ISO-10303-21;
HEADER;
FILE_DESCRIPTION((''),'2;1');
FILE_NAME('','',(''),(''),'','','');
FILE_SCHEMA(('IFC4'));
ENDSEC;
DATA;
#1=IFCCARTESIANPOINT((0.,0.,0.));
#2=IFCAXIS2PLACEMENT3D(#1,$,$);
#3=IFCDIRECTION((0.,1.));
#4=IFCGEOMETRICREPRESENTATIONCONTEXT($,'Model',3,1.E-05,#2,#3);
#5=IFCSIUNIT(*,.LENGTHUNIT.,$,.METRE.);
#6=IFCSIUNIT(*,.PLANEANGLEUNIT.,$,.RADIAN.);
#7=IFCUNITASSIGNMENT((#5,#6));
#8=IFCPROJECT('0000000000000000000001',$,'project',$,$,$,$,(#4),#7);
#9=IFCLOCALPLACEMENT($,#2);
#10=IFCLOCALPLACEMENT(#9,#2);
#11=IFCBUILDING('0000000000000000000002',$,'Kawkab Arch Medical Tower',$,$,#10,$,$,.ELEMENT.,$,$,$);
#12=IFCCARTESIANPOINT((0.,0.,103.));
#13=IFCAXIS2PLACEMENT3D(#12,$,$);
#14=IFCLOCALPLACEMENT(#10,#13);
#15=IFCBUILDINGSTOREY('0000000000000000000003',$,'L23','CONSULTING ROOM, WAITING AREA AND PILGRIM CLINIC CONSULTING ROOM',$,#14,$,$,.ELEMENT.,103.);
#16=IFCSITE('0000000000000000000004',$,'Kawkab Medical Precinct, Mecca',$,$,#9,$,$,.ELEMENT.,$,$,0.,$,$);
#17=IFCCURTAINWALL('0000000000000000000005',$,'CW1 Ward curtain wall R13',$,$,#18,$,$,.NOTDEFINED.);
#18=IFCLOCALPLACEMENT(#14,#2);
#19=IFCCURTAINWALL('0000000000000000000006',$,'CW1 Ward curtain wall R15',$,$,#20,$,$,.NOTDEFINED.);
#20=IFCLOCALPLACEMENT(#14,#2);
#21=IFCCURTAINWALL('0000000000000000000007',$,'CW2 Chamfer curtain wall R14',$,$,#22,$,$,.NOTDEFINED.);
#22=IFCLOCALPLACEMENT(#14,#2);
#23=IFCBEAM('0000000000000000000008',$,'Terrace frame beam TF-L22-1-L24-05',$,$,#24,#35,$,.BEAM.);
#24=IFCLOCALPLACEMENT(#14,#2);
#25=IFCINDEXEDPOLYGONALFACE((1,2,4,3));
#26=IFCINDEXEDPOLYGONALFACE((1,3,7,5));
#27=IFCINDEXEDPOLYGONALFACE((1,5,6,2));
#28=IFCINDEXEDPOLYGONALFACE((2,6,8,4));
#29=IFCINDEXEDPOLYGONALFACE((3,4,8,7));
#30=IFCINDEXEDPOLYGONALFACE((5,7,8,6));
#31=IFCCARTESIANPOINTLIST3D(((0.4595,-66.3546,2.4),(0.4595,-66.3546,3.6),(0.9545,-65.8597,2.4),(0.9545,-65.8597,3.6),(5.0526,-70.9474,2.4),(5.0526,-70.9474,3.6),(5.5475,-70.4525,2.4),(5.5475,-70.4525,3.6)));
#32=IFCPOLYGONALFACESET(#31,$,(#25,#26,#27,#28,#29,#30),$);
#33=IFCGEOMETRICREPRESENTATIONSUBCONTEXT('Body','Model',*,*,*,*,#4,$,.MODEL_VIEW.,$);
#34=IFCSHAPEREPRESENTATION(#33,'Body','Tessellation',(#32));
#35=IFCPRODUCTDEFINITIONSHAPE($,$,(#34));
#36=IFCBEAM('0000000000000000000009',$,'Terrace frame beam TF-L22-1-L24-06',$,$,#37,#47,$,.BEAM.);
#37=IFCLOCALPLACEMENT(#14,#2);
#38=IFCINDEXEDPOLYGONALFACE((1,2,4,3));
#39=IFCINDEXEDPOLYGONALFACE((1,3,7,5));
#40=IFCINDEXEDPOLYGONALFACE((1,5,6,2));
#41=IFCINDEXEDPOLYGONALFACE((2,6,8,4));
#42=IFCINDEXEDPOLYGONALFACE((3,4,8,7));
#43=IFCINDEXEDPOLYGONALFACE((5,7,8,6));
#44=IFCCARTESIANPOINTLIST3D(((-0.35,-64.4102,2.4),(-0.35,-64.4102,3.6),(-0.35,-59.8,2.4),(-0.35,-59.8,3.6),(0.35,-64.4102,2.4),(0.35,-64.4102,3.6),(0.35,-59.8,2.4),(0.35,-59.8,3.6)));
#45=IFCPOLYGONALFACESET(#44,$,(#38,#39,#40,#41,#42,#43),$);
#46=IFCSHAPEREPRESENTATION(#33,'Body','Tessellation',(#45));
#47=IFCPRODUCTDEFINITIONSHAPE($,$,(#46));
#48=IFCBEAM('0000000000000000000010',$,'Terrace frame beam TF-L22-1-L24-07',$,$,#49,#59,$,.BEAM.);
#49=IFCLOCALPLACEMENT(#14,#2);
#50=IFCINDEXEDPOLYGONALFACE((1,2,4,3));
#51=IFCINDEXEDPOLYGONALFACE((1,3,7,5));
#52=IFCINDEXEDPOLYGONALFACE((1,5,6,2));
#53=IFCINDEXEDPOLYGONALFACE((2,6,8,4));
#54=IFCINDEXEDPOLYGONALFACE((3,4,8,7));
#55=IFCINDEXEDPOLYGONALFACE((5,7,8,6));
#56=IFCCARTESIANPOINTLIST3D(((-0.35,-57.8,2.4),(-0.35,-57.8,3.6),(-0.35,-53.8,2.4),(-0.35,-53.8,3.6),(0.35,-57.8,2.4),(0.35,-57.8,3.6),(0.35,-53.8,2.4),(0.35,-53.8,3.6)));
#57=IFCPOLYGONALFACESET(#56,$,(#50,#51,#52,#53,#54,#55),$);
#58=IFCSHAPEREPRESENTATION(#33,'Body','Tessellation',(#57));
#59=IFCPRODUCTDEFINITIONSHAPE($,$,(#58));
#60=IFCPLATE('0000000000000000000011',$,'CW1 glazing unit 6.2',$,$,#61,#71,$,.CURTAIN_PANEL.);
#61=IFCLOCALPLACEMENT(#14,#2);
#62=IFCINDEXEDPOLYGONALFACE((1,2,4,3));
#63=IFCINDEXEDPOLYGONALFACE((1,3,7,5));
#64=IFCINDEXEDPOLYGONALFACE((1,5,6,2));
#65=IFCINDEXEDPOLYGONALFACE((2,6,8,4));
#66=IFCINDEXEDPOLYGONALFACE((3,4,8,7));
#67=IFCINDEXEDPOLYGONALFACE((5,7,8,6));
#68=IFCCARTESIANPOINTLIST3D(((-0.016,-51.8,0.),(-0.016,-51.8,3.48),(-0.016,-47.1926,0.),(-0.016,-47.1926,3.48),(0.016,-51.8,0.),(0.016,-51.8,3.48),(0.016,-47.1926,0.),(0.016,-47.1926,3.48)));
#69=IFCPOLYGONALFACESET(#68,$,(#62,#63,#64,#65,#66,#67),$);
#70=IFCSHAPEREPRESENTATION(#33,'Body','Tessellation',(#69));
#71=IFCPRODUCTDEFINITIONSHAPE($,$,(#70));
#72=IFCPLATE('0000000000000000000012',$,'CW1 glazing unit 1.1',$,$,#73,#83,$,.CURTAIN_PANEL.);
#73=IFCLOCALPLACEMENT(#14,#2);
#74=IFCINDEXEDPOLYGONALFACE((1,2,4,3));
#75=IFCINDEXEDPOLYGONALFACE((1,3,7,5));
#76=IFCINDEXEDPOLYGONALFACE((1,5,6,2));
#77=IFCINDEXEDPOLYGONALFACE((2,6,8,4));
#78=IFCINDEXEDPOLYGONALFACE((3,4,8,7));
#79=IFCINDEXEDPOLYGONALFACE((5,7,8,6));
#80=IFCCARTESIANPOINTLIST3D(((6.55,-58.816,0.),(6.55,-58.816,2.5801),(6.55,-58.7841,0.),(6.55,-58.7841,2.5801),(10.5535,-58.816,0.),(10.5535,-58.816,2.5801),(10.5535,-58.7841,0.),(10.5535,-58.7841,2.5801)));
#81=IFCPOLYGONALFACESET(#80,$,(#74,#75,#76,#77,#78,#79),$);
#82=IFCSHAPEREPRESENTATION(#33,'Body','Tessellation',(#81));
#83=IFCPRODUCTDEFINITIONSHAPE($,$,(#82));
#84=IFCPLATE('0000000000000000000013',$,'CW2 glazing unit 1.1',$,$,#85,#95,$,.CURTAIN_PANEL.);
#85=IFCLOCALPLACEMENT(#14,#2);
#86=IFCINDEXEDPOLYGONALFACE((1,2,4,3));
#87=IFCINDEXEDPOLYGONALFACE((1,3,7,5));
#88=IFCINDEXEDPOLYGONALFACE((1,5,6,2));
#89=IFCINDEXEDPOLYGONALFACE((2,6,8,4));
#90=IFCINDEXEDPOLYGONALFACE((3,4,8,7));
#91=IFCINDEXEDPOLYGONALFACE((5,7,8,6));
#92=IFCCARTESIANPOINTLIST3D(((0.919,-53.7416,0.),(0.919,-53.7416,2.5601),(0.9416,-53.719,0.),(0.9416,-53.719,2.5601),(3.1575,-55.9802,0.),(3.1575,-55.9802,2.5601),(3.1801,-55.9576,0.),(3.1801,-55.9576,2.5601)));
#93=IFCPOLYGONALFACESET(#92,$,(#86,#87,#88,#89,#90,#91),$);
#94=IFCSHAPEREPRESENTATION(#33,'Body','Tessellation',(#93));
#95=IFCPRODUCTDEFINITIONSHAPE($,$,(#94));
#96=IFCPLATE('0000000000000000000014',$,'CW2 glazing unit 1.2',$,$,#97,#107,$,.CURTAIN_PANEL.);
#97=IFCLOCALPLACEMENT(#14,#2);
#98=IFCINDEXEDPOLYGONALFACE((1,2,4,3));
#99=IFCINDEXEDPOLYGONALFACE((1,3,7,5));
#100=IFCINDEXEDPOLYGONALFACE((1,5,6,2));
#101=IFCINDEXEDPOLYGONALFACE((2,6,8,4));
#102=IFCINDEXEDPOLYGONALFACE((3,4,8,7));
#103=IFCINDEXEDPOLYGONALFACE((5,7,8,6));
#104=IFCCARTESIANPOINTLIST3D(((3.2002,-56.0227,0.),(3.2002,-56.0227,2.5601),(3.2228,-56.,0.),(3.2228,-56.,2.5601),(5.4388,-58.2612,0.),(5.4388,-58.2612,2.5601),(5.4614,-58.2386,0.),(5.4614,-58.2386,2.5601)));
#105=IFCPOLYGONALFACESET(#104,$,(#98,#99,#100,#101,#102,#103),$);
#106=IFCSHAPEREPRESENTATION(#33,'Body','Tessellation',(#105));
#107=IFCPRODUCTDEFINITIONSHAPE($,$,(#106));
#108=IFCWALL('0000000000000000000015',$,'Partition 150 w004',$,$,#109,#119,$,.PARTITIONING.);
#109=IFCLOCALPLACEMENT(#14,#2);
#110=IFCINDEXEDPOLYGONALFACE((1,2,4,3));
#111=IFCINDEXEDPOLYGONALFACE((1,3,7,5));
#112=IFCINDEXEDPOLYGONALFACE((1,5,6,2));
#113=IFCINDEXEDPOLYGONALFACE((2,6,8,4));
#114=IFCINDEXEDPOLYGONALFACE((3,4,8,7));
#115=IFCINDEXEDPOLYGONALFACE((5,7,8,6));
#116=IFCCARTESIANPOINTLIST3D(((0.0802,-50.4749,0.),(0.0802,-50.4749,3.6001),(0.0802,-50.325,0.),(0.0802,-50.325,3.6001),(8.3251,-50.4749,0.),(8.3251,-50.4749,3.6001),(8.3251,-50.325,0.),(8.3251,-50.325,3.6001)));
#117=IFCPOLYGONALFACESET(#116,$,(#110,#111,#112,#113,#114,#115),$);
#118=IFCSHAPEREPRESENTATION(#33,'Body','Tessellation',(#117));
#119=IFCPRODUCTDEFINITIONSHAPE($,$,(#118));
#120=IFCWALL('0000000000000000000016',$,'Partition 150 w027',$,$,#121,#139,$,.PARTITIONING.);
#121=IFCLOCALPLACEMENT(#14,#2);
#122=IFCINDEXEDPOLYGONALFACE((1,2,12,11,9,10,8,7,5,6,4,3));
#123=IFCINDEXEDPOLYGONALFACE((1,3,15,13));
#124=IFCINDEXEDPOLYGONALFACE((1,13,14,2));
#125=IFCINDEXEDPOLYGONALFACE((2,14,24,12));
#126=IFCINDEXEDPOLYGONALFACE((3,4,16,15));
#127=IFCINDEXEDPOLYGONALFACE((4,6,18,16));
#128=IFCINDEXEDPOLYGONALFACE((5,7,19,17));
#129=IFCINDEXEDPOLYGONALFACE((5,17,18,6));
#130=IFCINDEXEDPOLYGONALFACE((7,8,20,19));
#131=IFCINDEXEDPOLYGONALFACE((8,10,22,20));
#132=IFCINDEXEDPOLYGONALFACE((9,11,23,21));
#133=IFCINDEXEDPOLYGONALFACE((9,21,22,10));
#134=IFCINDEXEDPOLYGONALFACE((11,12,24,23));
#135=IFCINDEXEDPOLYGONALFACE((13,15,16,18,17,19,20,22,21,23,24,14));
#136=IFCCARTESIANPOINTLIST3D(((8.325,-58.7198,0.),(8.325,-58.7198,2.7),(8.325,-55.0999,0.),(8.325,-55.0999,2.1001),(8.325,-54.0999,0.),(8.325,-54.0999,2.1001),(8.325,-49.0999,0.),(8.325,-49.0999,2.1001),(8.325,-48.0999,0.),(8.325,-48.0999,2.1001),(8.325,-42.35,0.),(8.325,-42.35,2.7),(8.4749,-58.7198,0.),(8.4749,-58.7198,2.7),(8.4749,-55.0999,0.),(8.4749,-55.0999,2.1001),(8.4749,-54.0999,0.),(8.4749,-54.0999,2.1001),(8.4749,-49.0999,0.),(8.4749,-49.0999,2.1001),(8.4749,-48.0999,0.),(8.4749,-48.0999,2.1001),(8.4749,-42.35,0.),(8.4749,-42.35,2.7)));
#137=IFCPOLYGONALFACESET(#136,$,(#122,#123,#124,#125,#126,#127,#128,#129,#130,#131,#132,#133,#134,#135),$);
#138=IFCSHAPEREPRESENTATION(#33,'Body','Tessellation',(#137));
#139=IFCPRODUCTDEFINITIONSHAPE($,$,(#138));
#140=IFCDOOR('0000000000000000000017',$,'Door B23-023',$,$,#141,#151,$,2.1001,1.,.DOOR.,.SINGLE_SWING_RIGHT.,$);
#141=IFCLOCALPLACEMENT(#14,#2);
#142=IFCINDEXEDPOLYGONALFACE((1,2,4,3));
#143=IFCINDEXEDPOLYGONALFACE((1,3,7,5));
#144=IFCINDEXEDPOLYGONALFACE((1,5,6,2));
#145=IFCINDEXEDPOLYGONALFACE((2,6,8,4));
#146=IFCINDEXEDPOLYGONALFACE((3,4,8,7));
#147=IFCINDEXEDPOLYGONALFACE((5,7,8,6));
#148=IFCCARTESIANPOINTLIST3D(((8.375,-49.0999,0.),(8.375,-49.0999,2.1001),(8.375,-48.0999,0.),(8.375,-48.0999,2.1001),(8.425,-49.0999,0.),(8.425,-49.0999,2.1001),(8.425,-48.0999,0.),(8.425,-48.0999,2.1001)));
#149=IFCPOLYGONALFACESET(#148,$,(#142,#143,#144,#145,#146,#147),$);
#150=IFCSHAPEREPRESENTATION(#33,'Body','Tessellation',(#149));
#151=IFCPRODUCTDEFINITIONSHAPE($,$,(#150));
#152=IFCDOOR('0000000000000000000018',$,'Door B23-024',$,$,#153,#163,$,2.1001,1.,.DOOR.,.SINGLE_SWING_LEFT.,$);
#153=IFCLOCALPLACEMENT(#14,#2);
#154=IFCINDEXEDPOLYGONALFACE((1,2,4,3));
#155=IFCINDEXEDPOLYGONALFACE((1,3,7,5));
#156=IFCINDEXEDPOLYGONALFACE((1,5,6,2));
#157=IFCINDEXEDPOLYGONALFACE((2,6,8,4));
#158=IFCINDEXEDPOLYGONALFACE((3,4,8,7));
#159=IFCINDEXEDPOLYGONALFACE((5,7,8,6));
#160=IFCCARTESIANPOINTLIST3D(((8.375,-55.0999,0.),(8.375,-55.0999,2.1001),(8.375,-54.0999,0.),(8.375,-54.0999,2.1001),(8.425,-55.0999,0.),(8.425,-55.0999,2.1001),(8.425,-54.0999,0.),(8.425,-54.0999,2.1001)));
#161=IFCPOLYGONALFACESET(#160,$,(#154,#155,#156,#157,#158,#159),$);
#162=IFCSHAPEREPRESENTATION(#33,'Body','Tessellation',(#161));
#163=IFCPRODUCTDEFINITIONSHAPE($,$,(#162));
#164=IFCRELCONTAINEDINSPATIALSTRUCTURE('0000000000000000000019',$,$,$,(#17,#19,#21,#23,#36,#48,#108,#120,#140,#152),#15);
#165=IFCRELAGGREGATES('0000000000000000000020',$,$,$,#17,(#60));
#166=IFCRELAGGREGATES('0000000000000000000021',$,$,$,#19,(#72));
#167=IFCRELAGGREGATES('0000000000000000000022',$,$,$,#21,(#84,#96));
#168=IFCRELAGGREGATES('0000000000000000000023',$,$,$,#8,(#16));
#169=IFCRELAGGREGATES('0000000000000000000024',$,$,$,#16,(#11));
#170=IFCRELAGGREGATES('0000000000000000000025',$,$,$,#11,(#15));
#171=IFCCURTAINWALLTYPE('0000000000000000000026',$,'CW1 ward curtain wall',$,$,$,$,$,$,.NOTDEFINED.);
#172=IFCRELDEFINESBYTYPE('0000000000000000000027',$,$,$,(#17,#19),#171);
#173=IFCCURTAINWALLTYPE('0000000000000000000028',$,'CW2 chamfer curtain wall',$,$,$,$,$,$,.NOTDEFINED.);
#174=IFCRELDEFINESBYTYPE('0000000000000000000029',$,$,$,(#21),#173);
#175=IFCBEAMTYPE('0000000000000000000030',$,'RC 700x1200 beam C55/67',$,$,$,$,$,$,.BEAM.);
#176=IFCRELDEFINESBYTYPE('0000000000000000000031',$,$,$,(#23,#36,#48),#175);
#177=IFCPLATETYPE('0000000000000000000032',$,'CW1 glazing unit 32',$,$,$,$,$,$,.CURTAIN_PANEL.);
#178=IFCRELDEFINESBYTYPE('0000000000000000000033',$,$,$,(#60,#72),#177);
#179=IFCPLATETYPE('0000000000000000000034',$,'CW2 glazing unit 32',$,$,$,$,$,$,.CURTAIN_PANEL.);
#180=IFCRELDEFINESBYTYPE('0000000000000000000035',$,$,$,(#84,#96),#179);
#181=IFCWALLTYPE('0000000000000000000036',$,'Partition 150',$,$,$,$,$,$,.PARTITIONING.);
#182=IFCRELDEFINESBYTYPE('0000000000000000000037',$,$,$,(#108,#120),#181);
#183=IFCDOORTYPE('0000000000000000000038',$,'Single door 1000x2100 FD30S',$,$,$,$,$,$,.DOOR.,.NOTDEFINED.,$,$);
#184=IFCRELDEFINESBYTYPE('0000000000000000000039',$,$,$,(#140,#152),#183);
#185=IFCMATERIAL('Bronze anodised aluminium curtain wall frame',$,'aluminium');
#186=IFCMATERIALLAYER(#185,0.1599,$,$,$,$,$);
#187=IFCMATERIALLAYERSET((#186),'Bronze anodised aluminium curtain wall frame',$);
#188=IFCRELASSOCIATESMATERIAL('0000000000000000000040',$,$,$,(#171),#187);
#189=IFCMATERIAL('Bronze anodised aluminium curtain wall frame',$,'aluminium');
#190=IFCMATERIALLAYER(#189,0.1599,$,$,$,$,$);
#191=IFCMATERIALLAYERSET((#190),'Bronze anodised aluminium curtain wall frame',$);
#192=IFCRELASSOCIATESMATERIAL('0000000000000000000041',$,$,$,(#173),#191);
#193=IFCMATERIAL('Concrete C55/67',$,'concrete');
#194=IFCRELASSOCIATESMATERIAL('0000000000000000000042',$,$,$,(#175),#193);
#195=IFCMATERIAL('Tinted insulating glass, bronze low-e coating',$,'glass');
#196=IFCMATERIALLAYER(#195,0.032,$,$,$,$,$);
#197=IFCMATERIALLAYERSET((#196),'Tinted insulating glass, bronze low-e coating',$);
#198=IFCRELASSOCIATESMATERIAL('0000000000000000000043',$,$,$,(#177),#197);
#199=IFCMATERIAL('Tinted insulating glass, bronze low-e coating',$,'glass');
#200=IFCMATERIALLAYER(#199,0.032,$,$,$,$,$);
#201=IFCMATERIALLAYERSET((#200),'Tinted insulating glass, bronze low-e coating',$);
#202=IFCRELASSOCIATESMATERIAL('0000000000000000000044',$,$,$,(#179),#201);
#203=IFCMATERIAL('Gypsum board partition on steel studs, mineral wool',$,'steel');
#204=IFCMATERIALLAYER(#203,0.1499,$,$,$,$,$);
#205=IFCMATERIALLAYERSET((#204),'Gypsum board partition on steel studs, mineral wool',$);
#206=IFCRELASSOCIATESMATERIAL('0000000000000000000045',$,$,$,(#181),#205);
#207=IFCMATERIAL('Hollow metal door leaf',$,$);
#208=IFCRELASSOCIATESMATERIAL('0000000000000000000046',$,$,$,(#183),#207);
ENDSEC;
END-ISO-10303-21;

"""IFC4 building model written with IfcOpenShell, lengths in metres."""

from ifc_helpers import new_model, si_unit, direction, frame, frame_2d, origin, origin_2d, place, context, subcontext, project, spatial, rectangle, extrude, material, layer, layer_set, material_profile, profile_set, type_object, element, fill, aggregate, save


model = new_model("IFC4")

# Units and contexts
model_context = context("Model", 3, precision=1e-05, world=origin(), true_north=direction((0.0, 1.0)))
body_context = subcontext(model_context, "Body", "Model", "MODEL_VIEW")
ifc_project = project(units=[si_unit("LENGTHUNIT", "METRE"), si_unit("PLANEANGLEUNIT", "RADIAN")], contexts=[model_context])

# Site, building, storey
site_placement = place(None, origin())
site = spatial("IfcSite", under=ifc_project, at=site_placement, Name="Kawkab Medical Precinct, Mecca", CompositionType="ELEMENT", RefElevation=0.0)
building_placement = place(site_placement, origin())
building = spatial("IfcBuilding", under=site, at=building_placement, Name="Kawkab Arch Medical Tower", CompositionType="ELEMENT")
storey_placement = place(building_placement, frame((0.0, 0.0, 103.0)))
storey = spatial("IfcBuildingStorey", under=building, at=storey_placement, Name="L23", Description="CONSULTING ROOM, WAITING AREA AND PILGRIM CLINIC CONSULTING ROOM", CompositionType="ELEMENT", Elevation=103.0)

# Curtain wall
ifc_material_1 = material(Name="Bronze anodised aluminium curtain wall frame", Category="aluminium")
ifc_layer_1 = layer(ifc_material_1, 0.1599)
ifc_layer_set_1 = layer_set([ifc_layer_1], Name="Bronze anodised aluminium curtain wall frame")
curtain_wall_type_1 = type_object("IfcCurtainWallType", Name="CW1 ward curtain wall", PredefinedType="NOTDEFINED", material=ifc_layer_set_1)
placement = place(storey_placement, origin())
curtain_wall_1 = element("IfcCurtainWall", 1, at=placement, inside=storey, type_object=curtain_wall_type_1, Name="CW1 Ward curtain wall R13", PredefinedType="NOTDEFINED")

# Curtain walls
curtain_wall_2 = element("IfcCurtainWall", 2, at=placement, inside=storey, type_object=curtain_wall_type_1, Name="CW1 Ward curtain wall R15", PredefinedType="NOTDEFINED")
ifc_material_2 = material(Name="Bronze anodised aluminium curtain wall frame", Category="aluminium")
ifc_layer_2 = layer(ifc_material_2, 0.1599)
ifc_layer_set_2 = layer_set([ifc_layer_2], Name="Bronze anodised aluminium curtain wall frame")
curtain_wall_type_2 = type_object("IfcCurtainWallType", Name="CW2 chamfer curtain wall", PredefinedType="NOTDEFINED", material=ifc_layer_set_2)
curtain_wall_3 = element("IfcCurtainWall", 3, at=placement, inside=storey, type_object=curtain_wall_type_2, Name="CW2 Chamfer curtain wall R14", PredefinedType="NOTDEFINED")

# Beams
ifc_material_3 = material(Name="Concrete C55/67", Category="concrete")
ifc_material_profile_1 = material_profile(ifc_material_3, rectangle(XDim=0.7, YDim=1.2, at=origin_2d()), Name="RC 700x1200")
ifc_profile_set_1 = profile_set([ifc_material_profile_1], Name="Concrete C55/67")
beam_type_1 = type_object("IfcBeamType", Name="RC 700x1200 beam C55/67", PredefinedType="BEAM", material=ifc_profile_set_1)
beam_1_placement = place(storey_placement, frame((5.3, -70.7, 3.0), z_axis=(-0.707126, 0.707088, 0.0), x_axis=(-0.707088, -0.707126, 0.0)))
element("IfcBeam", 4, at=beam_1_placement, inside=storey, type_object=beam_type_1, Name="Terrace frame beam TF-L22-1-L24-05", PredefinedType="BEAM", context=body_context, shape_type="SweptSolid", body=[
    extrude(rectangle(XDim=0.7, YDim=1.2, at=origin_2d()), origin(), (0.0, 0.0, 1.0), 6.4954),
])
beam_2_placement = place(storey_placement, frame((0.0, -64.4102, 3.0), z_axis=(0.0, 1.0, 0.0), x_axis=(-1.0, 0.0, 0.0)))
element("IfcBeam", 5, at=beam_2_placement, inside=storey, type_object=beam_type_1, Name="Terrace frame beam TF-L22-1-L24-06", PredefinedType="BEAM", context=body_context, shape_type="SweptSolid", body=[
    extrude(rectangle(XDim=0.7, YDim=1.2, at=origin_2d()), origin(), (0.0, 0.0, 1.0), 4.6101),
])
beam_3_placement = place(storey_placement, frame((0.0, -57.8, 3.0), z_axis=(0.0, 1.0, 0.0), x_axis=(-1.0, 0.0, 0.0)))
element("IfcBeam", 6, at=beam_3_placement, inside=storey, type_object=beam_type_1, Name="Terrace frame beam TF-L22-1-L24-07", PredefinedType="BEAM", context=body_context, shape_type="SweptSolid", body=[
    extrude(rectangle(XDim=0.7, YDim=1.2, at=origin_2d()), origin(), (0.0, 0.0, 1.0), 4.0),
])

# Plates
ifc_material_4 = material(Name="Tinted insulating glass, bronze low-e coating", Category="glass")
ifc_layer_3 = layer(ifc_material_4, 0.032)
ifc_layer_set_3 = layer_set([ifc_layer_3], Name="Tinted insulating glass, bronze low-e coating")
plate_type_1 = type_object("IfcPlateType", Name="CW1 glazing unit 32", PredefinedType="CURTAIN_PANEL", material=ifc_layer_set_3)
plate_1_placement = place(storey_placement, frame((0.0, -49.4963, 0.0), z_axis=(0.0, 0.0, 1.0), x_axis=(0.0, -1.0, 0.0)))
plate_1 = element("IfcPlate", 7, at=plate_1_placement, type_object=plate_type_1, Name="CW1 glazing unit 6.2", PredefinedType="CURTAIN_PANEL", context=body_context, shape_type="SweptSolid", body=[
    extrude(rectangle(XDim=4.6074, YDim=0.032, at=origin_2d()), origin(), (0.0, 0.0, 1.0), 3.48),
])
aggregate(curtain_wall_1, [plate_1])
plate_2_placement = place(storey_placement, frame((8.5518, -58.8, 0.0), z_axis=(0.0, 0.0, 1.0), x_axis=(1.0, 0.0, 0.0)))
plate_2 = element("IfcPlate", 8, at=plate_2_placement, type_object=plate_type_1, Name="CW1 glazing unit 1.1", PredefinedType="CURTAIN_PANEL", context=body_context, shape_type="SweptSolid", body=[
    extrude(rectangle(XDim=4.0034, YDim=0.032, at=origin_2d()), origin(), (0.0, 0.0, 1.0), 2.5801),
])
aggregate(curtain_wall_2, [plate_2])
ifc_material_5 = material(Name="Tinted insulating glass, bronze low-e coating", Category="glass")
ifc_layer_4 = layer(ifc_material_5, 0.032)
ifc_layer_set_4 = layer_set([ifc_layer_4], Name="Tinted insulating glass, bronze low-e coating")
plate_type_2 = type_object("IfcPlateType", Name="CW2 glazing unit 32", PredefinedType="CURTAIN_PANEL", material=ifc_layer_set_4)
plate_3_placement = place(storey_placement, frame((2.0496, -54.8496, 0.0), z_axis=(0.0, 0.0, 1.0), x_axis=(0.707107, -0.707107, 0.0)))
plate_3 = element("IfcPlate", 9, at=plate_3_placement, type_object=plate_type_2, Name="CW2 glazing unit 1.1", PredefinedType="CURTAIN_PANEL", context=body_context, shape_type="SweptSolid", body=[
    extrude(rectangle(XDim=3.1658, YDim=0.032, at=origin_2d()), origin(), (0.0, 0.0, 1.0), 2.5601),
])
plate_4_placement = place(storey_placement, frame((4.3308, -57.1306, 0.0), z_axis=(0.0, 0.0, 1.0), x_axis=(0.707107, -0.707107, 0.0)))
plate_4 = element("IfcPlate", 10, at=plate_4_placement, type_object=plate_type_2, Name="CW2 glazing unit 1.2", PredefinedType="CURTAIN_PANEL", context=body_context, shape_type="SweptSolid", body=[
    extrude(rectangle(XDim=3.1658, YDim=0.032, at=origin_2d()), origin(), (0.0, 0.0, 1.0), 2.5601),
])
aggregate(curtain_wall_3, [plate_3, plate_4])

# Wall
ifc_material_6 = material(Name="Gypsum board partition on steel studs, mineral wool", Category="steel")
ifc_layer_5 = layer(ifc_material_6, 0.1499)
ifc_layer_set_5 = layer_set([ifc_layer_5], Name="Gypsum board partition on steel studs, mineral wool")
wall_type = type_object("IfcWallType", Name="Partition 150", PredefinedType="PARTITIONING", material=ifc_layer_set_5)
wall_1_placement = place(storey_placement, frame((0.0801, -50.3999, 0.0), z_axis=(0.0, 0.0, 1.0), x_axis=(1.0, 0.0, 0.0)))
element("IfcWall", 11, at=wall_1_placement, inside=storey, type_object=wall_type, Name="Partition 150 w004", PredefinedType="PARTITIONING", context=body_context, shape_type="SweptSolid", body=[
    extrude(rectangle(XDim=8.2449, YDim=0.1499, at=frame_2d((4.1226, 0.0))), origin(), (0.0, 0.0, 1.0), 3.6001),
])

# Wall, openings, doors
wall_2_placement = place(storey_placement, frame((8.3999, -58.72, 0.0), z_axis=(0.0, 0.0, 1.0), x_axis=(0.0, 1.0, 0.0)))
wall_2 = element("IfcWall", 12, at=wall_2_placement, inside=storey, type_object=wall_type, Name="Partition 150 w027", PredefinedType="PARTITIONING", context=body_context, shape_type="SweptSolid", body=[
    extrude(rectangle(XDim=16.3699, YDim=0.1499, at=frame_2d((8.1851, 0.0))), origin(), (0.0, 0.0, 1.0), 2.7),
])
opening_1_placement = place(wall_2_placement, frame((9.6201, 0.0, 0.0)))
opening_1 = element("IfcOpeningElement", 13, at=opening_1_placement, cuts=wall_2, PredefinedType="OPENING", context=body_context, shape_type="SweptSolid", body=[
    extrude(rectangle(XDim=1.0, YDim=2.1001, at=frame_2d((0.5, 1.05))), frame((0.0, 0.085, 0.0), z_axis=(0.0, -1.0, 0.0), x_axis=(1.0, 0.0, 0.0)), (0.0, 0.0, 1.0), 0.1699),
])
opening_2_placement = place(wall_2_placement, frame((3.6201, 0.0, 0.0)))
opening_2 = element("IfcOpeningElement", 14, at=opening_2_placement, cuts=wall_2, PredefinedType="OPENING", context=body_context, shape_type="SweptSolid", body=[
    extrude(rectangle(XDim=1.0, YDim=2.1001, at=frame_2d((0.5, 1.05))), frame((0.0, 0.085, 0.0), z_axis=(0.0, -1.0, 0.0), x_axis=(1.0, 0.0, 0.0)), (0.0, 0.0, 1.0), 0.1699),
])
ifc_material_7 = material(Name="Hollow metal door leaf")
door_type = type_object("IfcDoorType", Name="Single door 1000x2100 FD30S", OperationType="NOTDEFINED", PredefinedType="DOOR", material=ifc_material_7)
door_1_placement = place(opening_1_placement, origin())
door_1 = element("IfcDoor", 15, at=door_1_placement, inside=storey, type_object=door_type, Name="Door B23-023", OperationType="SINGLE_SWING_RIGHT", OverallHeight=2.1001, OverallWidth=1.0, PredefinedType="DOOR", context=body_context, shape_type="SweptSolid", body=[
    extrude(rectangle(XDim=1.0, YDim=2.1001, at=frame_2d((0.5, 1.05))), frame((0.0, 0.0249, 0.0), z_axis=(0.0, -1.0, 0.0), x_axis=(1.0, 0.0, 0.0)), (0.0, 0.0, 1.0), 0.05),
])
fill(opening_1, door_1)
door_2_placement = place(opening_2_placement, origin())
door_2 = element("IfcDoor", 16, at=door_2_placement, inside=storey, type_object=door_type, Name="Door B23-024", OperationType="SINGLE_SWING_LEFT", OverallHeight=2.1001, OverallWidth=1.0, PredefinedType="DOOR", context=body_context, shape_type="SweptSolid", body=[
    extrude(rectangle(XDim=1.0, YDim=2.1001, at=frame_2d((0.5, 1.05))), frame((0.0, 0.0249, 0.0), z_axis=(0.0, -1.0, 0.0), x_axis=(1.0, 0.0, 0.0)), (0.0, 0.0, 1.0), 0.05),
])
fill(opening_2, door_2)

save(model, "model.ifc")
